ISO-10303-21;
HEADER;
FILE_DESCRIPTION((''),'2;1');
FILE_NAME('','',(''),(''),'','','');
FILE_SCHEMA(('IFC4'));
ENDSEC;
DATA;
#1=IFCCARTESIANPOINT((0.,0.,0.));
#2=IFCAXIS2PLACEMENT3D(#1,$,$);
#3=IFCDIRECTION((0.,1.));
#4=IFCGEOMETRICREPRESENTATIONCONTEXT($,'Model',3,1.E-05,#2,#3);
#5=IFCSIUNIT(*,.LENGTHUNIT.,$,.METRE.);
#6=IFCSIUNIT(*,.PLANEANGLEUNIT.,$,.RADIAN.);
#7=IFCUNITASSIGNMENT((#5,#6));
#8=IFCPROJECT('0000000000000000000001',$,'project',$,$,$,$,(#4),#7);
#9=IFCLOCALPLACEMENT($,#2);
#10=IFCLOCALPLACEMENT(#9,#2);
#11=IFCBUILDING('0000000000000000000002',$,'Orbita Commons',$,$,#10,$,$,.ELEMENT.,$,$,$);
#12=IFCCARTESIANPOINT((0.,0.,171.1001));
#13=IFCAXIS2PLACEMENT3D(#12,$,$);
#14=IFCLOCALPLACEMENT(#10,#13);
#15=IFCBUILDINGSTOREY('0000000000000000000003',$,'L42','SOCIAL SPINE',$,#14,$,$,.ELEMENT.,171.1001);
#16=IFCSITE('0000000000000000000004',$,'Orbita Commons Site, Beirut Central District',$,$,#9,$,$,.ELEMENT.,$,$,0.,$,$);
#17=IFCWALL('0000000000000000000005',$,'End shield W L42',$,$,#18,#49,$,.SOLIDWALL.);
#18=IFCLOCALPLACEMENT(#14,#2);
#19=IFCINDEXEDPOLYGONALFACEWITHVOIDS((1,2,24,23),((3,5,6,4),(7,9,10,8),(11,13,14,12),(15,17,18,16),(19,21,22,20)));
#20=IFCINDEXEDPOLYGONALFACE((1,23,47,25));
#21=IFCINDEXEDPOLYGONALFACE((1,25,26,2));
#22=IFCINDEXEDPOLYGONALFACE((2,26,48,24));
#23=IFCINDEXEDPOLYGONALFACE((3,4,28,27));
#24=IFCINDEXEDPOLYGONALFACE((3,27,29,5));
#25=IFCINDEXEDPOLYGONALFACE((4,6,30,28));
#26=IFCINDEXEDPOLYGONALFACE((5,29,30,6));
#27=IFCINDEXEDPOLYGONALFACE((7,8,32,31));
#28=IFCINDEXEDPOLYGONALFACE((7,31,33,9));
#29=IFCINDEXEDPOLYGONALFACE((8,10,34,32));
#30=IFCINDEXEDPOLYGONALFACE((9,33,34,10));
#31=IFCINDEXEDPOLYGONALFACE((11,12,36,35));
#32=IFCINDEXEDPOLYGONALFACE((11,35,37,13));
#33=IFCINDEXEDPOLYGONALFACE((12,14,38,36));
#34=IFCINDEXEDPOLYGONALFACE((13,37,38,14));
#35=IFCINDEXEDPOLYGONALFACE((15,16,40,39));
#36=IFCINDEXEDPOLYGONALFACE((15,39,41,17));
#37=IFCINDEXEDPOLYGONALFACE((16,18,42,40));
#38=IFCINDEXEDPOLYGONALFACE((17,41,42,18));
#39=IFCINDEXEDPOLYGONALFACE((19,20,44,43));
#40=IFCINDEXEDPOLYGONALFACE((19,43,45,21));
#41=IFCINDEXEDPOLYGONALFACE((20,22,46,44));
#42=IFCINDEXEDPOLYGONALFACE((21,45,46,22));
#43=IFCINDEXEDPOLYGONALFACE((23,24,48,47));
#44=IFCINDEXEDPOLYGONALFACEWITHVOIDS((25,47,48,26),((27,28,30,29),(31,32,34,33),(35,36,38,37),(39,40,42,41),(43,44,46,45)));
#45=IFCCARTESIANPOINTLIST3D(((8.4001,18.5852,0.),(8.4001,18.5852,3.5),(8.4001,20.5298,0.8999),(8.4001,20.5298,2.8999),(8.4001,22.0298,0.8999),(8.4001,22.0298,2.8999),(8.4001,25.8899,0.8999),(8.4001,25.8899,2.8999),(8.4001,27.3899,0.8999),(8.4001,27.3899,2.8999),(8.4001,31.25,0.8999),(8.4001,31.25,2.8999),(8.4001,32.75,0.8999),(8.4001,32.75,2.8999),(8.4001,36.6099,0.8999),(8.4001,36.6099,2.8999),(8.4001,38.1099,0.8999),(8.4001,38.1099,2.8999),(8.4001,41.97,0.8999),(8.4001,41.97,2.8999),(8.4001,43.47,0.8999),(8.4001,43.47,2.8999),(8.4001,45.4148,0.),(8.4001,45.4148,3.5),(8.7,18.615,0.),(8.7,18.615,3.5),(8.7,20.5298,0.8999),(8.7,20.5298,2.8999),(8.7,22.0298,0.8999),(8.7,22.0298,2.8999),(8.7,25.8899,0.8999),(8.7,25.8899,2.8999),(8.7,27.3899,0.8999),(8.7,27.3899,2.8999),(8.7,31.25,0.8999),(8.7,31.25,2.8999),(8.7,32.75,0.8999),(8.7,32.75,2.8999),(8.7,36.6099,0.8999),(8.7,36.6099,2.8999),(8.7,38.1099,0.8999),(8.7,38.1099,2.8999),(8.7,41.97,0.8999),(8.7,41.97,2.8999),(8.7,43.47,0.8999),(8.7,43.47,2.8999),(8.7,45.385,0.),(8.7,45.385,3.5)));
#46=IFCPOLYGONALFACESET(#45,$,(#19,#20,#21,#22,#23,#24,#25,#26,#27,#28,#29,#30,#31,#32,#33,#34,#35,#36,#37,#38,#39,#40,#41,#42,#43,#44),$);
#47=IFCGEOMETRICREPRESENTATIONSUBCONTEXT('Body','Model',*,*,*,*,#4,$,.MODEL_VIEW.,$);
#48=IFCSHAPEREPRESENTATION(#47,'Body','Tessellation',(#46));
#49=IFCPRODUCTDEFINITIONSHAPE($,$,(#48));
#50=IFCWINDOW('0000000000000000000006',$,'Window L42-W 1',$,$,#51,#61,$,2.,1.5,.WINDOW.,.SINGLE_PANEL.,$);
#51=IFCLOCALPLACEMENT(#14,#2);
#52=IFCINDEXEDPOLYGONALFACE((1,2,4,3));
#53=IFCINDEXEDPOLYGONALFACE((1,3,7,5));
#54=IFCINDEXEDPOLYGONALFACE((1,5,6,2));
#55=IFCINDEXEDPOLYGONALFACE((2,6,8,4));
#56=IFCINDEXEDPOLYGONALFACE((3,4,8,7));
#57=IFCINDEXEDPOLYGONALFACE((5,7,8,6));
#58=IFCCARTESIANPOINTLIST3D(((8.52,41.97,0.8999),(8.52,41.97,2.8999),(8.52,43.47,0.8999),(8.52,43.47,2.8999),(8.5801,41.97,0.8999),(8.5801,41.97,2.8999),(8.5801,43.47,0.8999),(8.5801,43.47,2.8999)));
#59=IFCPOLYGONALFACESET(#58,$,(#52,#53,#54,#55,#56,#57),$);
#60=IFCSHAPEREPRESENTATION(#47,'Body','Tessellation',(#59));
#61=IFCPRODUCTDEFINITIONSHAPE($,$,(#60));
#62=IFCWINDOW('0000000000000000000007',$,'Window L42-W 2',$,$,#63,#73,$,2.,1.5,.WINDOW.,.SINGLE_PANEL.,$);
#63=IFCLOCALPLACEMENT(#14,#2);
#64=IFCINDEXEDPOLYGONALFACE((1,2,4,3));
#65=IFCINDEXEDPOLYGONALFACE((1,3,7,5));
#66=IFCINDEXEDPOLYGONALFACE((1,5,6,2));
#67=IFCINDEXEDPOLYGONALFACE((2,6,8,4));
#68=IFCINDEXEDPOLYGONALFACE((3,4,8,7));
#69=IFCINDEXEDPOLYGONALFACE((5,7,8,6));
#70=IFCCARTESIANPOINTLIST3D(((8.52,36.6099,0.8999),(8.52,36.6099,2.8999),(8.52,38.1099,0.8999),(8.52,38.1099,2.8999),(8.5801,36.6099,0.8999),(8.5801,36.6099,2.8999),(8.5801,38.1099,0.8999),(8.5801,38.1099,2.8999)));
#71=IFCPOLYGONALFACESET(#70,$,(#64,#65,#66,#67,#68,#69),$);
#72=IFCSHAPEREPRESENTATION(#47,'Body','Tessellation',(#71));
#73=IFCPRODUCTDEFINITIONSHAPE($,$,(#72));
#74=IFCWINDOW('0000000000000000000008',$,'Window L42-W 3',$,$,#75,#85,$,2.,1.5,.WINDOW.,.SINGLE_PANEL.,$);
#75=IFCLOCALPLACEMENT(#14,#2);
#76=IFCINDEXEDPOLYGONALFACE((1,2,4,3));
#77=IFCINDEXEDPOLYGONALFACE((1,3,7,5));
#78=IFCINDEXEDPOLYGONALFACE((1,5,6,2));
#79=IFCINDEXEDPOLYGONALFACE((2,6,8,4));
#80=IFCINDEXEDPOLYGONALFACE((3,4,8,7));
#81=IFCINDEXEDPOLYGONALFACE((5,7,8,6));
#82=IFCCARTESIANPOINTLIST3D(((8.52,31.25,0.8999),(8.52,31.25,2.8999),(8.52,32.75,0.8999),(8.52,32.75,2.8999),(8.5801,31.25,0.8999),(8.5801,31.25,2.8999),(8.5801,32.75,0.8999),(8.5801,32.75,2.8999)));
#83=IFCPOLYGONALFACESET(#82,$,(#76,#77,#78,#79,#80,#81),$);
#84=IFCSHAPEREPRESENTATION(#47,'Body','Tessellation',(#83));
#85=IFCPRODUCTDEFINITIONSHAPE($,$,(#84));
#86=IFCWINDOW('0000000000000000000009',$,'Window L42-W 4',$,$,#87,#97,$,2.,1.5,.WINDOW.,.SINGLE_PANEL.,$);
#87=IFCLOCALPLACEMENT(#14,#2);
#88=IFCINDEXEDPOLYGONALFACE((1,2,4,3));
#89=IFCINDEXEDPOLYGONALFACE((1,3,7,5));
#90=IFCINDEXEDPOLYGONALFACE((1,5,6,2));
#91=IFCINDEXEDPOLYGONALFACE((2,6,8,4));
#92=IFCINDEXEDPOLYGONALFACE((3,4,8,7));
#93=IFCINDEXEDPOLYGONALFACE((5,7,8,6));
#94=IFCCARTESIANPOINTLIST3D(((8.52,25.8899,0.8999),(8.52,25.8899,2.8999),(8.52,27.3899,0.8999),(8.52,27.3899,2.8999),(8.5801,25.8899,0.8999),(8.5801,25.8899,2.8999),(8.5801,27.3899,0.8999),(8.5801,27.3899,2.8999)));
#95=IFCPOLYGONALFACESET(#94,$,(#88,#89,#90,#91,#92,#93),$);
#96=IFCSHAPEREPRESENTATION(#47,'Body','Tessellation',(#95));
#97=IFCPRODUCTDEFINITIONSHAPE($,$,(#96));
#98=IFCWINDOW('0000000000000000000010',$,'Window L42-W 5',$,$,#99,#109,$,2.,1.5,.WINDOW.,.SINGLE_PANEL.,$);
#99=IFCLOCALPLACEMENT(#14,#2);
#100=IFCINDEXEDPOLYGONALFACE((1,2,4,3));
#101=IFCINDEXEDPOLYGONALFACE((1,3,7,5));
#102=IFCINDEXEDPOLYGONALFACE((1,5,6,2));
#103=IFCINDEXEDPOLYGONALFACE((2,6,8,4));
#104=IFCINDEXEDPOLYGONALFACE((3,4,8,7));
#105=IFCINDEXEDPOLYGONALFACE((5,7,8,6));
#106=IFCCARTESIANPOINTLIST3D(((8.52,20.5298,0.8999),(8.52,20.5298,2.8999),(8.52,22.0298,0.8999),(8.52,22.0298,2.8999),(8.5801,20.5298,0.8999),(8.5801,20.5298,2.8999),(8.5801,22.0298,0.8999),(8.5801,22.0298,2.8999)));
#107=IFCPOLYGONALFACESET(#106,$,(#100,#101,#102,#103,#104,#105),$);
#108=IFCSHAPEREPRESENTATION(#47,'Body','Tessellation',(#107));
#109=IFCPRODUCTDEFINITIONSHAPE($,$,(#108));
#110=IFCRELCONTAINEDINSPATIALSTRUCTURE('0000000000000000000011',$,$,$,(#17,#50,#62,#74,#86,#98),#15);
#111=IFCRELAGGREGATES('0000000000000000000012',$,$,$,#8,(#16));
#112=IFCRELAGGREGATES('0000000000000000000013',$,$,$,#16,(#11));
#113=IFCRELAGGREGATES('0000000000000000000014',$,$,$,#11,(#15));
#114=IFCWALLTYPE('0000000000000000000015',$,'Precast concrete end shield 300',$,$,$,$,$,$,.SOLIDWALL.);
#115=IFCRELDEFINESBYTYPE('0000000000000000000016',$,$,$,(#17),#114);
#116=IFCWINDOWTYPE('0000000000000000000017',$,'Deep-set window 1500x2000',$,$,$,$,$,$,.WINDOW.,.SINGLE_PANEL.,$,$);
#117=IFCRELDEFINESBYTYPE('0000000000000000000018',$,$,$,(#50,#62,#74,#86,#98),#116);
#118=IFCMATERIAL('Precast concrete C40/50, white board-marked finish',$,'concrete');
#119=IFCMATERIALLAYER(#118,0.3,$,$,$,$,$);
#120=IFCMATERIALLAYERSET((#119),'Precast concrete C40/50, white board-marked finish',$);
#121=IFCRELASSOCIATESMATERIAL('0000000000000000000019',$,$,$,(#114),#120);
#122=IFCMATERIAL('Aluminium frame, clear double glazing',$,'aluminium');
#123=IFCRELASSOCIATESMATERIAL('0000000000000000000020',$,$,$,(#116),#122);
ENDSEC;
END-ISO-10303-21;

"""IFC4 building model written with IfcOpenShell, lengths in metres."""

from ifc_helpers import new_model, si_unit, direction, frame, frame_2d, origin, place, context, subcontext, project, spatial, polyline, rectangle, outline, extrude, material, layer, layer_set, type_object, element, fill, save


model = new_model("IFC4")

# Units and contexts
model_context = context("Model", 3, precision=1e-05, world=origin(), true_north=direction((0.0, 1.0)))
body_context = subcontext(model_context, "Body", "Model", "MODEL_VIEW")
ifc_project = project(units=[si_unit("LENGTHUNIT", "METRE"), si_unit("PLANEANGLEUNIT", "RADIAN")], contexts=[model_context])

# Site, building, storey
site_placement = place(None, origin())
site = spatial("IfcSite", under=ifc_project, at=site_placement, Name="Orbita Commons Site, Beirut Central District", CompositionType="ELEMENT", RefElevation=0.0)
building_placement = place(site_placement, origin())
building = spatial("IfcBuilding", under=site, at=building_placement, Name="Orbita Commons", CompositionType="ELEMENT")
storey_placement = place(building_placement, frame((0.0, 0.0, 171.1001)))
storey = spatial("IfcBuildingStorey", under=building, at=storey_placement, Name="L42", Description="SOCIAL SPINE", CompositionType="ELEMENT", Elevation=171.1001)

# Wall, openings, windows
ifc_material_1 = material(Name="Precast concrete C40/50, white board-marked finish", Category="concrete")
ifc_layer_1 = layer(ifc_material_1, 0.3)
ifc_layer_set_1 = layer_set([ifc_layer_1], Name="Precast concrete C40/50, white board-marked finish")
wall_type_1 = type_object("IfcWallType", Name="Precast concrete end shield 300", PredefinedType="SOLIDWALL", material=ifc_layer_set_1)
wall_1_placement = place(storey_placement, frame((8.55, 45.3999, 0.0), z_axis=(0.0, 0.0, 1.0), x_axis=(0.0, -1.0, 0.0)))
wall_1 = element("IfcWall", 1, at=wall_1_placement, inside=storey, type_object=wall_type_1, Name="End shield W L42", PredefinedType="SOLIDWALL", context=body_context, shape_type="SweptSolid", body=[
    extrude(outline(polyline([(-0.0149, -0.1499), (26.8147, -0.1499), (26.7849, 0.1499), (0.0149, 0.1499), (-0.0149, -0.1499)])), origin(), (0.0, 0.0, 1.0), 3.5),
])
opening_1_placement = place(wall_1_placement, frame((1.9299, 0.0, 0.8999)))
opening_1 = element("IfcOpeningElement", 2, at=opening_1_placement, cuts=wall_1, PredefinedType="OPENING", context=body_context, shape_type="SweptSolid", body=[
    extrude(rectangle(XDim=1.5, YDim=2.0, at=frame_2d((0.75, 1.0))), frame((0.0, 0.1599, 0.0), z_axis=(0.0, -1.0, 0.0), x_axis=(1.0, 0.0, 0.0)), (0.0, 0.0, 1.0), 0.3201),
])
opening_2_placement = place(wall_1_placement, frame((7.29, 0.0, 0.8999)))
opening_2 = element("IfcOpeningElement", 3, at=opening_2_placement, cuts=wall_1, PredefinedType="OPENING", context=body_context, shape_type="SweptSolid", body=[
    extrude(rectangle(XDim=1.5, YDim=2.0, at=frame_2d((0.75, 1.0))), frame((0.0, 0.1599, 0.0), z_axis=(0.0, -1.0, 0.0), x_axis=(1.0, 0.0, 0.0)), (0.0, 0.0, 1.0), 0.3201),
])
opening_3_placement = place(wall_1_placement, frame((12.6499, 0.0, 0.8999)))
opening_3 = element("IfcOpeningElement", 4, at=opening_3_placement, cuts=wall_1, PredefinedType="OPENING", context=body_context, shape_type="SweptSolid", body=[
    extrude(rectangle(XDim=1.5, YDim=2.0, at=frame_2d((0.75, 1.0))), frame((0.0, 0.1599, 0.0), z_axis=(0.0, -1.0, 0.0), x_axis=(1.0, 0.0, 0.0)), (0.0, 0.0, 1.0), 0.3201),
])
opening_4_placement = place(wall_1_placement, frame((18.01, 0.0, 0.8999)))
opening_4 = element("IfcOpeningElement", 5, at=opening_4_placement, cuts=wall_1, PredefinedType="OPENING", context=body_context, shape_type="SweptSolid", body=[
    extrude(rectangle(XDim=1.5, YDim=2.0, at=frame_2d((0.75, 1.0))), frame((0.0, 0.1599, 0.0), z_axis=(0.0, -1.0, 0.0), x_axis=(1.0, 0.0, 0.0)), (0.0, 0.0, 1.0), 0.3201),
])
opening_5_placement = place(wall_1_placement, frame((23.3701, 0.0, 0.8999)))
opening_5 = element("IfcOpeningElement", 6, at=opening_5_placement, cuts=wall_1, PredefinedType="OPENING", context=body_context, shape_type="SweptSolid", body=[
    extrude(rectangle(XDim=1.5, YDim=2.0, at=frame_2d((0.75, 1.0))), frame((0.0, 0.1599, 0.0), z_axis=(0.0, -1.0, 0.0), x_axis=(1.0, 0.0, 0.0)), (0.0, 0.0, 1.0), 0.3201),
])
ifc_material_2 = material(Name="Aluminium frame, clear double glazing", Category="aluminium")
window_type = type_object("IfcWindowType", Name="Deep-set window 1500x2000", PartitioningType="SINGLE_PANEL", PredefinedType="WINDOW", material=ifc_material_2)
window_1_placement = place(opening_1_placement, origin())
window_1 = element("IfcWindow", 7, at=window_1_placement, inside=storey, type_object=window_type, Name="Window L42-W 1", OverallHeight=2.0, OverallWidth=1.5, PartitioningType="SINGLE_PANEL", PredefinedType="WINDOW", context=body_context, shape_type="SweptSolid", body=[
    extrude(rectangle(XDim=1.5, YDim=2.0, at=frame_2d((0.75, 1.0))), frame((0.0, 0.03, 0.0), z_axis=(0.0, -1.0, 0.0), x_axis=(1.0, 0.0, 0.0)), (0.0, 0.0, 1.0), 0.0601),
])
fill(opening_1, window_1)
window_2_placement = place(opening_2_placement, origin())
window_2 = element("IfcWindow", 8, at=window_2_placement, inside=storey, type_object=window_type, Name="Window L42-W 2", OverallHeight=2.0, OverallWidth=1.5, PartitioningType="SINGLE_PANEL", PredefinedType="WINDOW", context=body_context, shape_type="SweptSolid", body=[
    extrude(rectangle(XDim=1.5, YDim=2.0, at=frame_2d((0.75, 1.0))), frame((0.0, 0.03, 0.0), z_axis=(0.0, -1.0, 0.0), x_axis=(1.0, 0.0, 0.0)), (0.0, 0.0, 1.0), 0.0601),
])
fill(opening_2, window_2)
window_3_placement = place(opening_3_placement, origin())
window_3 = element("IfcWindow", 9, at=window_3_placement, inside=storey, type_object=window_type, Name="Window L42-W 3", OverallHeight=2.0, OverallWidth=1.5, PartitioningType="SINGLE_PANEL", PredefinedType="WINDOW", context=body_context, shape_type="SweptSolid", body=[
    extrude(rectangle(XDim=1.5, YDim=2.0, at=frame_2d((0.75, 1.0))), frame((0.0, 0.03, 0.0), z_axis=(0.0, -1.0, 0.0), x_axis=(1.0, 0.0, 0.0)), (0.0, 0.0, 1.0), 0.0601),
])
fill(opening_3, window_3)
window_4_placement = place(opening_4_placement, origin())
window_4 = element("IfcWindow", 10, at=window_4_placement, inside=storey, type_object=window_type, Name="Window L42-W 4", OverallHeight=2.0, OverallWidth=1.5, PartitioningType="SINGLE_PANEL", PredefinedType="WINDOW", context=body_context, shape_type="SweptSolid", body=[
    extrude(rectangle(XDim=1.5, YDim=2.0, at=frame_2d((0.75, 1.0))), frame((0.0, 0.03, 0.0), z_axis=(0.0, -1.0, 0.0), x_axis=(1.0, 0.0, 0.0)), (0.0, 0.0, 1.0), 0.0601),
])
fill(opening_4, window_4)
window_5_placement = place(opening_5_placement, origin())
window_5 = element("IfcWindow", 11, at=window_5_placement, inside=storey, type_object=window_type, Name="Window L42-W 5", OverallHeight=2.0, OverallWidth=1.5, PartitioningType="SINGLE_PANEL", PredefinedType="WINDOW", context=body_context, shape_type="SweptSolid", body=[
    extrude(rectangle(XDim=1.5, YDim=2.0, at=frame_2d((0.75, 1.0))), frame((0.0, 0.03, 0.0), z_axis=(0.0, -1.0, 0.0), x_axis=(1.0, 0.0, 0.0)), (0.0, 0.0, 1.0), 0.0601),
])
fill(opening_5, window_5)

save(model, "model.ifc")
